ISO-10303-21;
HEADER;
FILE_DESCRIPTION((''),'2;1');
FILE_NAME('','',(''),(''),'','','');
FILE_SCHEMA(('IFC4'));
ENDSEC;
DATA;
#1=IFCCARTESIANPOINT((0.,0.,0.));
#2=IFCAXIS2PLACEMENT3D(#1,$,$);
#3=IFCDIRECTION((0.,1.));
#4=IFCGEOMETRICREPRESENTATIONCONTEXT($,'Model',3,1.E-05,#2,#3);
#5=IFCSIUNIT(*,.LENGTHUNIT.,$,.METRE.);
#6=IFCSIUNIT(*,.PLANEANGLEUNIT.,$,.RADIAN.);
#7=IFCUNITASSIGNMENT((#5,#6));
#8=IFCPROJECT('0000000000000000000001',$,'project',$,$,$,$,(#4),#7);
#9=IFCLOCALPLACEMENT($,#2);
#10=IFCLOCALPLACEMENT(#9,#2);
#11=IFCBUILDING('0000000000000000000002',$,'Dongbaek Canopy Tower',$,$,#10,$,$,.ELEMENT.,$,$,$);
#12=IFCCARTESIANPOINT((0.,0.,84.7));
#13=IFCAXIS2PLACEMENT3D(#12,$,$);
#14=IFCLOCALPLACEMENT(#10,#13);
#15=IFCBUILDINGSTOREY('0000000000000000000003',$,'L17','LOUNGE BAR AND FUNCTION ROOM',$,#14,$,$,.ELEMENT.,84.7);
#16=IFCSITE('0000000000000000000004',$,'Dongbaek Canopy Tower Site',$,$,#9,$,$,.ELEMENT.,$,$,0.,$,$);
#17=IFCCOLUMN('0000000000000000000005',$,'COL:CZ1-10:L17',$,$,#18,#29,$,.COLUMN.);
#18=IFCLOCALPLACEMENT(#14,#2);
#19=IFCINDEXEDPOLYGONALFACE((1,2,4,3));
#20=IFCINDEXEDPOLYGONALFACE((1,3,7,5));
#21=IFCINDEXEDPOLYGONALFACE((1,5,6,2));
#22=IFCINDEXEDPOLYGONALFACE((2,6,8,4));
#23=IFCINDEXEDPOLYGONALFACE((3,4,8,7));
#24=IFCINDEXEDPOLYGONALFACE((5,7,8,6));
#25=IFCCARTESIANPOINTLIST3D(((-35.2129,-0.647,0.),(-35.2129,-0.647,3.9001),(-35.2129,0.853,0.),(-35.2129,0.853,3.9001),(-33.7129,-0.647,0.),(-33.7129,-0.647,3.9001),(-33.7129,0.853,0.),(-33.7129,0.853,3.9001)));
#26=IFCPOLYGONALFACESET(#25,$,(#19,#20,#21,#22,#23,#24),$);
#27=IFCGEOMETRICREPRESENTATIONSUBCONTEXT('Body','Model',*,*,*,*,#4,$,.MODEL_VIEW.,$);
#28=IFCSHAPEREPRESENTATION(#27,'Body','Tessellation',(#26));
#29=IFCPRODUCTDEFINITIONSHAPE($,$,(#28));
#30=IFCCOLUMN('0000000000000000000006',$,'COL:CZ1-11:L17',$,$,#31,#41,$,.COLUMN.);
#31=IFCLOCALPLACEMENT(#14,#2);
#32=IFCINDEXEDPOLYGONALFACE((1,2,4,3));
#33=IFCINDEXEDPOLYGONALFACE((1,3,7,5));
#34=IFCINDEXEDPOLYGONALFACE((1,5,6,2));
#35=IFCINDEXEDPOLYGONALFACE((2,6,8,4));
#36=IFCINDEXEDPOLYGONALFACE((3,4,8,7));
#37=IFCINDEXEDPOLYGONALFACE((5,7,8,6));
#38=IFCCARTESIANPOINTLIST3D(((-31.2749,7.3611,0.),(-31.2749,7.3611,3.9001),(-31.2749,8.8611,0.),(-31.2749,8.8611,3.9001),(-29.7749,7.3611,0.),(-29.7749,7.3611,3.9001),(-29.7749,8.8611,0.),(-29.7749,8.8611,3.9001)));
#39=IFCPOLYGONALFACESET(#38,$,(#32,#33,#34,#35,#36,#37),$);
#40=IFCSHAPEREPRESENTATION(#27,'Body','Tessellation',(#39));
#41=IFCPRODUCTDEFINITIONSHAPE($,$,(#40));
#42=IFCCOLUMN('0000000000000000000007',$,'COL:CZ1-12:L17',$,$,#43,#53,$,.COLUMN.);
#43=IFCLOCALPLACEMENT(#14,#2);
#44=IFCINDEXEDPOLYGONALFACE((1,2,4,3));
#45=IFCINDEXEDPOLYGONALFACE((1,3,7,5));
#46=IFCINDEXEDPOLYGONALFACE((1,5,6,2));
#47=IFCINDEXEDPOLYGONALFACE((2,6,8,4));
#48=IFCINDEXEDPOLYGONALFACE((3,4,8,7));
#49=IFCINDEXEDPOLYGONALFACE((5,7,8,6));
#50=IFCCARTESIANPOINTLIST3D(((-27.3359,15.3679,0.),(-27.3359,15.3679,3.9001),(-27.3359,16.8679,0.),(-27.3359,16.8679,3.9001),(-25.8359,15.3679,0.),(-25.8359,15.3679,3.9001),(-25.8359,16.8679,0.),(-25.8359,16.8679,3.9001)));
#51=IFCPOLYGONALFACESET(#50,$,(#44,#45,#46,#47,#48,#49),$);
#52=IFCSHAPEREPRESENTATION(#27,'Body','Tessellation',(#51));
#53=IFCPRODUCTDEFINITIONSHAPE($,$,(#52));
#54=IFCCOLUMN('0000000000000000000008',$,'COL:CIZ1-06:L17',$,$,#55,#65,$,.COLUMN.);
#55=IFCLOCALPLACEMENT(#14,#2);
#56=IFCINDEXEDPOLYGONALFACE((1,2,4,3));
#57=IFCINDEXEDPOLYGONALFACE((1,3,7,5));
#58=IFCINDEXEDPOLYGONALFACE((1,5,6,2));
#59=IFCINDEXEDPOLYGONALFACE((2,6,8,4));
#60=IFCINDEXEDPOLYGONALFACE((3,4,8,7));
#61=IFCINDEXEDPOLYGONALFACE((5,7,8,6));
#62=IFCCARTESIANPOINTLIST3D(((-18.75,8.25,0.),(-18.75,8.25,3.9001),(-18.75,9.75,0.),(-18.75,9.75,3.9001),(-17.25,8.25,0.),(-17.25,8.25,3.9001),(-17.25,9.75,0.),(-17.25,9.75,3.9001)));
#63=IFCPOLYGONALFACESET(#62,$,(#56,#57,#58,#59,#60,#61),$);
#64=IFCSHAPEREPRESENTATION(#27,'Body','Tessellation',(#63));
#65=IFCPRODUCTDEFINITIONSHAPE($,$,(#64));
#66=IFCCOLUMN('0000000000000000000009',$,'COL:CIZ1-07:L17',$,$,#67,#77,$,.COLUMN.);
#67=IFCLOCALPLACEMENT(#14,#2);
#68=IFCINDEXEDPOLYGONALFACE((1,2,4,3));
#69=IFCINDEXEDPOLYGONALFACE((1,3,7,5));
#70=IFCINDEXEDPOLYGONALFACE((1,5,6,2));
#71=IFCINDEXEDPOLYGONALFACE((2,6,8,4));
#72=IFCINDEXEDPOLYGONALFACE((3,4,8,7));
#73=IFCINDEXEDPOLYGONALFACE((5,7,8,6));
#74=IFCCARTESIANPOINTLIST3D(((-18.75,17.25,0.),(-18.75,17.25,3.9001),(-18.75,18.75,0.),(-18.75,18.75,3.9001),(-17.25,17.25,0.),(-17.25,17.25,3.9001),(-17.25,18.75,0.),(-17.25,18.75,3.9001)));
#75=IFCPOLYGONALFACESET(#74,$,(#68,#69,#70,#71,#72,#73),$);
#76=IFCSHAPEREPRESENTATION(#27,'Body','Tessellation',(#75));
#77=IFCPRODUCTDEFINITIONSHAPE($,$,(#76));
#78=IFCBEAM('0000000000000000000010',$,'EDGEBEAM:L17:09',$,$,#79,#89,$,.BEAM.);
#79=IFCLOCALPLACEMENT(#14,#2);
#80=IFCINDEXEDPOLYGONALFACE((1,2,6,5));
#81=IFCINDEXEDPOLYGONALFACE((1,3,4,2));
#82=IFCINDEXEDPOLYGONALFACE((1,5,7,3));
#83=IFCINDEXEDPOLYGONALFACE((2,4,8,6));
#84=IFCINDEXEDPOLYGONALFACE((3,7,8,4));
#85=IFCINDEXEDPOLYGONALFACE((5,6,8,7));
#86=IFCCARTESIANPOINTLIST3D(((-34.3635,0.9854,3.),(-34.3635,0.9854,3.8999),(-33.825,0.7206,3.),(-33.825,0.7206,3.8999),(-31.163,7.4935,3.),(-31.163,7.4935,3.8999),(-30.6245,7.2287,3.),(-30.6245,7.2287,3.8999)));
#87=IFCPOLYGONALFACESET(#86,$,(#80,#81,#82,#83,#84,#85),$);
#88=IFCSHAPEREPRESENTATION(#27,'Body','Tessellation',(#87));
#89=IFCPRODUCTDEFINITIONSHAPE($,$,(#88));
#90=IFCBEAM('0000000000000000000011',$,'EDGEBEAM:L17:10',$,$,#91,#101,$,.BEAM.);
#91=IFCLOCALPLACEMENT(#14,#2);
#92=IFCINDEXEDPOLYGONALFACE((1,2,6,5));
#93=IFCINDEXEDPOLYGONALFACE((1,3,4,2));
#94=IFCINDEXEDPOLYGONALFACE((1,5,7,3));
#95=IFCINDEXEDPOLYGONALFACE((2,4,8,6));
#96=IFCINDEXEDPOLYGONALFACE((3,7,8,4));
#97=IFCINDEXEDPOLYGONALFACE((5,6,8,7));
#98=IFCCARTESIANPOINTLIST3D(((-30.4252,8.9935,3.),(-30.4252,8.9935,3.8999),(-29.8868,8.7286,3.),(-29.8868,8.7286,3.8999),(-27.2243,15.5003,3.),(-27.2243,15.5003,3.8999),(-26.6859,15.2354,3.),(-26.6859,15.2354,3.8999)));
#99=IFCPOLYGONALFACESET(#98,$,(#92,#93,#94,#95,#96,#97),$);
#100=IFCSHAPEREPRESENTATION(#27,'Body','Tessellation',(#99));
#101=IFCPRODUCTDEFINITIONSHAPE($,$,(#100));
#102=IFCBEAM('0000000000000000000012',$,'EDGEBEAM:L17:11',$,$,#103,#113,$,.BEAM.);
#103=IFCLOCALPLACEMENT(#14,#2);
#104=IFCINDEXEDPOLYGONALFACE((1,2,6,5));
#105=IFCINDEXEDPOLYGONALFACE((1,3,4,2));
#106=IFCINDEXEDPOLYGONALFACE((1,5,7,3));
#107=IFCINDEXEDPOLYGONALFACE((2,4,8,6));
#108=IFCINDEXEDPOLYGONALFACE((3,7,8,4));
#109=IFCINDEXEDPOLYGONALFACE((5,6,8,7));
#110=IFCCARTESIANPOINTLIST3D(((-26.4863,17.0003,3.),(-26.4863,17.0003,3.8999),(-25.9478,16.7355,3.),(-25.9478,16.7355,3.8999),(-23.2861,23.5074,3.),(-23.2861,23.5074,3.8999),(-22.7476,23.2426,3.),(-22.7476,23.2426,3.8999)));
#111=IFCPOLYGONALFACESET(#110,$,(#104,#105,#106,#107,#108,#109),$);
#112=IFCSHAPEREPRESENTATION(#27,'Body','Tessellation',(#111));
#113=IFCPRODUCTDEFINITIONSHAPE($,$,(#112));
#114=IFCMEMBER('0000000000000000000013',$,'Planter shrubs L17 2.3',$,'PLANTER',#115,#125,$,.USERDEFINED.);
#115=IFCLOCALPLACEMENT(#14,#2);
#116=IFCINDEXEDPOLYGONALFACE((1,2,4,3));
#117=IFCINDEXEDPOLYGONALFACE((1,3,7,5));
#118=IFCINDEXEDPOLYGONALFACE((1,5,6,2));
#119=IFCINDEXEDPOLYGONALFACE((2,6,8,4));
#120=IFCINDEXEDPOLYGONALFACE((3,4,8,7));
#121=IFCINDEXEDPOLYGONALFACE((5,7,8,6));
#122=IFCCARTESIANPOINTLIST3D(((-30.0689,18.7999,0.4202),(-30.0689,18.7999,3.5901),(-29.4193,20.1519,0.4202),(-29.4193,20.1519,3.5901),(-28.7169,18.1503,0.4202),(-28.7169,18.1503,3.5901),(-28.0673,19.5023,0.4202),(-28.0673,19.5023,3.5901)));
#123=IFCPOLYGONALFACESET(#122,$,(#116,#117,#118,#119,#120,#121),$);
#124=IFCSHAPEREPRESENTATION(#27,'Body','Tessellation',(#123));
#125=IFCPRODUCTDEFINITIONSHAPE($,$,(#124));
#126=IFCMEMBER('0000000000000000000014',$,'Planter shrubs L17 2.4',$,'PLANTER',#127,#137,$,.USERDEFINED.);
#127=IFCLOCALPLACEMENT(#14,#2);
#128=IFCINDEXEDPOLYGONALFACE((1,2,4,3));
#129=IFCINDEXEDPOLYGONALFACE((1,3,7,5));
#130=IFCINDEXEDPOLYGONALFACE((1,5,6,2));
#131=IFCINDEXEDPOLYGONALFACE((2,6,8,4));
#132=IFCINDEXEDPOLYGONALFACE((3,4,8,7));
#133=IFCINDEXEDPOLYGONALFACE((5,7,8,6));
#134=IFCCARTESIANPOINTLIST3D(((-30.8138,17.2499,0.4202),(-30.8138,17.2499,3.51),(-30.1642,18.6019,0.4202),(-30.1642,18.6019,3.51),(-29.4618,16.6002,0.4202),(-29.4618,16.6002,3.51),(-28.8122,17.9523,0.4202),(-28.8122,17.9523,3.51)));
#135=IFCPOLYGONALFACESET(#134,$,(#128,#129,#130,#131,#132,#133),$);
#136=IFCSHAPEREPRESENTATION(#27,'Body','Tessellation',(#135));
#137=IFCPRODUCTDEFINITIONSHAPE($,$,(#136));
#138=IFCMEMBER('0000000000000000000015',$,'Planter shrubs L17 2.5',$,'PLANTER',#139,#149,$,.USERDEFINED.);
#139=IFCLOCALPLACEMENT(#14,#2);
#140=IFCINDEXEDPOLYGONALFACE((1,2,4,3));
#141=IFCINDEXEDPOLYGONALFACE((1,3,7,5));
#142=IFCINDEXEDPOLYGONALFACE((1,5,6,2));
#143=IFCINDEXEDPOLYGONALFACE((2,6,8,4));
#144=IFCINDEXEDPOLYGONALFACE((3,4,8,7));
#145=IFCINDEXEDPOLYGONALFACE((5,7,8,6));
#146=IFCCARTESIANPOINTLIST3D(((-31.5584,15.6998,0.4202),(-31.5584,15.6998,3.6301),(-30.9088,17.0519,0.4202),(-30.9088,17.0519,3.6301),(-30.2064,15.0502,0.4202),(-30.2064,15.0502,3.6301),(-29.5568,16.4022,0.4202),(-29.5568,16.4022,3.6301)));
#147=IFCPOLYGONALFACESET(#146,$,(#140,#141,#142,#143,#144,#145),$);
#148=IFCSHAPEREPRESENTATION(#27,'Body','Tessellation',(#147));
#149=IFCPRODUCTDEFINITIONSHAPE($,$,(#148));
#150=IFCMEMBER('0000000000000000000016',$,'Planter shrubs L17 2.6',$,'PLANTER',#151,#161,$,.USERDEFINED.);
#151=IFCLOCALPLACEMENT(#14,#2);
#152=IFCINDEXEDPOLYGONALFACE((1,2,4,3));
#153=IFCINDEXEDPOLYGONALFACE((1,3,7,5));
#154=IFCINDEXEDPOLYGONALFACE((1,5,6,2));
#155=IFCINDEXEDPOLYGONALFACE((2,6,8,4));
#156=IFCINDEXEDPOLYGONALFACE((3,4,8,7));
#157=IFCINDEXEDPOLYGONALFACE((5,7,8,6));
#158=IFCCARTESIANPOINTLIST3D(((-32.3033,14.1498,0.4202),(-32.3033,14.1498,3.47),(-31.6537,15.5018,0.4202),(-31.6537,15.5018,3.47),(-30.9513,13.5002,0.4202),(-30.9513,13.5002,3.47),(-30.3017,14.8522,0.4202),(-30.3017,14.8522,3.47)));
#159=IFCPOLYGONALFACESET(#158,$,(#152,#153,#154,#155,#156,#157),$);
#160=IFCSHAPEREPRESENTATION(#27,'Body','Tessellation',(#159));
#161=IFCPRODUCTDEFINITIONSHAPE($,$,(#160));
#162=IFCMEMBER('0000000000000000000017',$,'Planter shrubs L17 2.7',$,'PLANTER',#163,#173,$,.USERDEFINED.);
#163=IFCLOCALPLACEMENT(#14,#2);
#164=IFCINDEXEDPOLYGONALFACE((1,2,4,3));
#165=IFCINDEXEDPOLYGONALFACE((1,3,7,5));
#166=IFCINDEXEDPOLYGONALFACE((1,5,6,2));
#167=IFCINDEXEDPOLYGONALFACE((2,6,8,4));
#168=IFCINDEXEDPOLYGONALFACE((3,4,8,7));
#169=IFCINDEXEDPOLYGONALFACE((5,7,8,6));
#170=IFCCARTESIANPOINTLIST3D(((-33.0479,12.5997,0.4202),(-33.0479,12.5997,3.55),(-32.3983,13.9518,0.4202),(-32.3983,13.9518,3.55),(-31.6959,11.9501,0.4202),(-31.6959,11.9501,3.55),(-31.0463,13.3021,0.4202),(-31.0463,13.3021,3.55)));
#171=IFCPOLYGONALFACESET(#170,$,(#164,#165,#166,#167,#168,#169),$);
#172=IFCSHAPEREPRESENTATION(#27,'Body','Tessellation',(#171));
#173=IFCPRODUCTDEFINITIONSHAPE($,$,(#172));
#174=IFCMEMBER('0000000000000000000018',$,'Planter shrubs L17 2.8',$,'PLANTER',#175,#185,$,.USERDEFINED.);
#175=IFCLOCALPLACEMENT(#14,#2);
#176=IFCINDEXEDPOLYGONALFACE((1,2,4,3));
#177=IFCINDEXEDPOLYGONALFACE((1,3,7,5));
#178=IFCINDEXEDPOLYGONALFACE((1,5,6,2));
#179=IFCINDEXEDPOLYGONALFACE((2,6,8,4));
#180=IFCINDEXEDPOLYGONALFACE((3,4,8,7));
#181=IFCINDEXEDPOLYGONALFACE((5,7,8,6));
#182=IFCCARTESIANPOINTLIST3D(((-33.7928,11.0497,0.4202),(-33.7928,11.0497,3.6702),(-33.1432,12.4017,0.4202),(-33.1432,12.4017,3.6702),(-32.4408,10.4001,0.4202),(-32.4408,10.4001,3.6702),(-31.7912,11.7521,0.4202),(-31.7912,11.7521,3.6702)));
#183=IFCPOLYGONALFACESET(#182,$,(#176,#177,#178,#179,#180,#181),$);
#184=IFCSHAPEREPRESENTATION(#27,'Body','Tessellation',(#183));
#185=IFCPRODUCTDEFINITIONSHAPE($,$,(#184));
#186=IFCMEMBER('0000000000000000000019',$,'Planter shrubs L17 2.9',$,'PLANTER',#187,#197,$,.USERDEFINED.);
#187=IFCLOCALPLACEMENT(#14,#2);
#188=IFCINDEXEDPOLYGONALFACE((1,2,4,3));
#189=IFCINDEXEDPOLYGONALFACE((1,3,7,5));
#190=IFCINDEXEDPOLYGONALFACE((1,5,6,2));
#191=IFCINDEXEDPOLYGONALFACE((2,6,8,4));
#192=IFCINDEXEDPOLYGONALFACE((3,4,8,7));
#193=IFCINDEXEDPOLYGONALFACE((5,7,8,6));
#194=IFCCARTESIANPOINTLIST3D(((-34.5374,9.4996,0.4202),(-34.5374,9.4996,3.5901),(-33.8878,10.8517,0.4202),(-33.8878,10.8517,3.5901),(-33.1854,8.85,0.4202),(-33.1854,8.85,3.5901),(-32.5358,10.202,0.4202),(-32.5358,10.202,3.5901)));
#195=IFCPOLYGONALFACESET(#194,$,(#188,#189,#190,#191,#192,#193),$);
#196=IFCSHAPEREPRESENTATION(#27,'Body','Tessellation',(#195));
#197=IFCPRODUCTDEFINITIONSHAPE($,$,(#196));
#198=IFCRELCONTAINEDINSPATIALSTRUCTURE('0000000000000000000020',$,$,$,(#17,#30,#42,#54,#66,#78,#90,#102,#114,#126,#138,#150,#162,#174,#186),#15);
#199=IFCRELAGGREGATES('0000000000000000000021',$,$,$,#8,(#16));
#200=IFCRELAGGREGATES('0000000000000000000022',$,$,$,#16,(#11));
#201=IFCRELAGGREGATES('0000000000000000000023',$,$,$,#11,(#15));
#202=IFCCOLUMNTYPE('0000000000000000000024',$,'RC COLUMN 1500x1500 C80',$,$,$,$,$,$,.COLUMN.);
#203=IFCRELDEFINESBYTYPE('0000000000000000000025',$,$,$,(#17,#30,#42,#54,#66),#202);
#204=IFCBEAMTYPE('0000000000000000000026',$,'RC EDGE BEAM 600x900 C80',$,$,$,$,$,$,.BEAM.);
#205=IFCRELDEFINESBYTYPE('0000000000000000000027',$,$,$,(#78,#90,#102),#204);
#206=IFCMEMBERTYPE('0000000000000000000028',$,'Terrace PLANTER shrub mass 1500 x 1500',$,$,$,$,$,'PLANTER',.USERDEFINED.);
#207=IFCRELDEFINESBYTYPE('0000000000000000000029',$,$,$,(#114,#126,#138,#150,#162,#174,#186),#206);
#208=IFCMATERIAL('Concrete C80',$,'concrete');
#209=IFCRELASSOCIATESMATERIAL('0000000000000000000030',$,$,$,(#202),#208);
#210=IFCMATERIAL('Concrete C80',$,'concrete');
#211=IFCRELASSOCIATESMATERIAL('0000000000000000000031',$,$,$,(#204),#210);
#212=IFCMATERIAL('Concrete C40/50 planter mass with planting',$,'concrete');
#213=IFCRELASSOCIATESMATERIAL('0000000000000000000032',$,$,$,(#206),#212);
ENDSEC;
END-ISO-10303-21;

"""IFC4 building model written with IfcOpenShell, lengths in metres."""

from ifc_helpers import new_model, si_unit, direction, frame, origin, origin_2d, place, context, subcontext, project, spatial, rectangle, extrude, material, material_profile, profile_set, type_object, element, save


model = new_model("IFC4")

# Units and contexts
model_context = context("Model", 3, precision=1e-05, world=origin(), true_north=direction((0.0, 1.0)))
body_context = subcontext(model_context, "Body", "Model", "MODEL_VIEW")
ifc_project = project(units=[si_unit("LENGTHUNIT", "METRE"), si_unit("PLANEANGLEUNIT", "RADIAN")], contexts=[model_context])

# Site, building, storey
site_placement = place(None, origin())
site = spatial("IfcSite", under=ifc_project, at=site_placement, Name="Dongbaek Canopy Tower Site", CompositionType="ELEMENT", RefElevation=0.0)
building_placement = place(site_placement, origin())
building = spatial("IfcBuilding", under=site, at=building_placement, Name="Dongbaek Canopy Tower", CompositionType="ELEMENT")
storey_placement = place(building_placement, frame((0.0, 0.0, 84.7)))
storey = spatial("IfcBuildingStorey", under=building, at=storey_placement, Name="L17", Description="LOUNGE BAR AND FUNCTION ROOM", CompositionType="ELEMENT", Elevation=84.7)

# Columns
ifc_material_1 = material(Name="Concrete C80", Category="concrete")
ifc_material_profile_1 = material_profile(ifc_material_1, rectangle(XDim=1.5, YDim=1.5, at=origin_2d()), Name="RC COLUMN 1500x1500 C80")
ifc_profile_set_1 = profile_set([ifc_material_profile_1], Name="Concrete C80")
column_type = type_object("IfcColumnType", Name="RC COLUMN 1500x1500 C80", PredefinedType="COLUMN", material=ifc_profile_set_1)
for number, where, z_axis, x_axis, name in (
    (1, (-34.4629, 0.103, 0.0), (0.0, 0.0, 1.0), (1.0, 0.0, 0.0), "COL:CZ1-10:L17"),
    (2, (-30.5249, 8.1111, 0.0), (0.0, 0.0, 1.0), (1.0, 0.0, 0.0), "COL:CZ1-11:L17"),
    (3, (-26.5859, 16.1179, 0.0), (0.0, 0.0, 1.0), (1.0, 0.0, 0.0), "COL:CZ1-12:L17"),
    (4, (-18.0, 9.0, 0.0), (0.0, 0.0, 1.0), (1.0, 0.0, 0.0), "COL:CIZ1-06:L17"),
    (5, (-18.0, 18.0, 0.0), (0.0, 0.0, 1.0), (1.0, 0.0, 0.0), "COL:CIZ1-07:L17"),
):
    element("IfcColumn", number, at=place(storey_placement, frame(where, z_axis=z_axis, x_axis=x_axis)), inside=storey, type_object=column_type, Name=name, PredefinedType="COLUMN", context=body_context, shape_type="SweptSolid", body=[
        extrude(rectangle(XDim=1.5, YDim=1.5, at=origin_2d()), origin(), (0.0, 0.0, 1.0), 3.9001),
    ])

# Beams
ifc_material_2 = material(Name="Concrete C80", Category="concrete")
ifc_material_profile_2 = material_profile(ifc_material_2, rectangle(XDim=0.6001, YDim=0.8999, at=origin_2d()), Name="RC EDGE BEAM 600x900 C80")
ifc_profile_set_2 = profile_set([ifc_material_profile_2], Name="Concrete C80")
beam_type = type_object("IfcBeamType", Name="RC EDGE BEAM 600x900 C80", PredefinedType="BEAM", material=ifc_profile_set_2)
beam_placement = place(storey_placement, frame((-34.0942, 0.853, 3.45), z_axis=(0.441293, 0.897363, 0.0), x_axis=(-0.897363, 0.441293, 0.0)))
element("IfcBeam", 6, at=beam_placement, inside=storey, type_object=beam_type, Name="EDGEBEAM:L17:09", PredefinedType="BEAM", context=body_context, shape_type="SweptSolid", body=[
    extrude(rectangle(XDim=0.6001, YDim=0.8999, at=origin_2d()), origin(), (0.0, 0.0, 1.0), 7.2524),
])
for number, where, z_axis, x_axis, name in (
    (7, (-30.156, 8.8611, 3.45), (0.441413, 0.897304, 0.0), (-0.897304, 0.441413, 0.0), "EDGEBEAM:L17:10"),
    (8, (-26.217, 16.8679, 3.45), (0.441319, 0.89735, 0.0), (-0.89735, 0.441319, 0.0), "EDGEBEAM:L17:11"),
):
    element("IfcBeam", number, at=place(storey_placement, frame(where, z_axis=z_axis, x_axis=x_axis)), inside=storey, type_object=beam_type, Name=name, PredefinedType="BEAM", context=body_context, shape_type="SweptSolid", body=[
        extrude(rectangle(XDim=0.6001, YDim=0.8999, at=origin_2d()), origin(), (0.0, 0.0, 1.0), 7.2515),
    ])

# Members
ifc_material_3 = material(Name="Concrete C40/50 planter mass with planting", Category="concrete")
ifc_material_profile_3 = material_profile(ifc_material_3, rectangle(XDim=1.5, YDim=1.5, at=origin_2d()), Name="Terrace PLANTER shrub mass 1500 x 1500")
ifc_profile_set_3 = profile_set([ifc_material_profile_3], Name="Concrete C40/50 planter mass with planting")
member_type = type_object("IfcMemberType", Name="Terrace PLANTER shrub mass 1500 x 1500", ElementType="PLANTER", PredefinedType="USERDEFINED", material=ifc_profile_set_3)
member_1_placement = place(storey_placement, frame((-29.0681, 19.1511, 0.4202), z_axis=(0.0, 0.0, 1.0), x_axis=(-0.901357, 0.433077, 0.0)))
element("IfcMember", 9, at=member_1_placement, inside=storey, type_object=member_type, Name="Planter shrubs L17 2.3", ObjectType="PLANTER", PredefinedType="USERDEFINED", context=body_context, shape_type="SweptSolid", body=[
    extrude(rectangle(XDim=1.5, YDim=1.5, at=origin_2d()), origin(), (0.0, 0.0, 1.0), 3.1699),
])
member_2_placement = place(storey_placement, frame((-29.813, 17.6011, 0.4202), z_axis=(0.0, 0.0, 1.0), x_axis=(-0.901357, 0.433077, 0.0)))
element("IfcMember", 10, at=member_2_placement, inside=storey, type_object=member_type, Name="Planter shrubs L17 2.4", ObjectType="PLANTER", PredefinedType="USERDEFINED", context=body_context, shape_type="SweptSolid", body=[
    extrude(rectangle(XDim=1.5, YDim=1.5, at=origin_2d()), origin(), (0.0, 0.0, 1.0), 3.0898),
])
member_3_placement = place(storey_placement, frame((-30.5576, 16.051, 0.4202), z_axis=(0.0, 0.0, 1.0), x_axis=(-0.901357, 0.433077, 0.0)))
element("IfcMember", 11, at=member_3_placement, inside=storey, type_object=member_type, Name="Planter shrubs L17 2.5", ObjectType="PLANTER", PredefinedType="USERDEFINED", context=body_context, shape_type="SweptSolid", body=[
    extrude(rectangle(XDim=1.5, YDim=1.5, at=origin_2d()), origin(), (0.0, 0.0, 1.0), 3.21),
])
member_4_placement = place(storey_placement, frame((-31.3025, 14.501, 0.4202), z_axis=(0.0, 0.0, 1.0), x_axis=(-0.901357, 0.433077, 0.0)))
element("IfcMember", 12, at=member_4_placement, inside=storey, type_object=member_type, Name="Planter shrubs L17 2.6", ObjectType="PLANTER", PredefinedType="USERDEFINED", context=body_context, shape_type="SweptSolid", body=[
    extrude(rectangle(XDim=1.5, YDim=1.5, at=origin_2d()), origin(), (0.0, 0.0, 1.0), 3.0498),
])
member_5_placement = place(storey_placement, frame((-32.0471, 12.9509, 0.4202), z_axis=(0.0, 0.0, 1.0), x_axis=(-0.901357, 0.433077, 0.0)))
element("IfcMember", 13, at=member_5_placement, inside=storey, type_object=member_type, Name="Planter shrubs L17 2.7", ObjectType="PLANTER", PredefinedType="USERDEFINED", context=body_context, shape_type="SweptSolid", body=[
    extrude(rectangle(XDim=1.5, YDim=1.5, at=origin_2d()), origin(), (0.0, 0.0, 1.0), 3.1299),
])
member_6_placement = place(storey_placement, frame((-32.792, 11.4009, 0.4202), z_axis=(0.0, 0.0, 1.0), x_axis=(-0.901357, 0.433077, 0.0)))
element("IfcMember", 14, at=member_6_placement, inside=storey, type_object=member_type, Name="Planter shrubs L17 2.8", ObjectType="PLANTER", PredefinedType="USERDEFINED", context=body_context, shape_type="SweptSolid", body=[
    extrude(rectangle(XDim=1.5, YDim=1.5, at=origin_2d()), origin(), (0.0, 0.0, 1.0), 3.25),
])
member_7_placement = place(storey_placement, frame((-33.5366, 9.8508, 0.4202), z_axis=(0.0, 0.0, 1.0), x_axis=(-0.901357, 0.433077, 0.0)))
element("IfcMember", 15, at=member_7_placement, inside=storey, type_object=member_type, Name="Planter shrubs L17 2.9", ObjectType="PLANTER", PredefinedType="USERDEFINED", context=body_context, shape_type="SweptSolid", body=[
    extrude(rectangle(XDim=1.5, YDim=1.5, at=origin_2d()), origin(), (0.0, 0.0, 1.0), 3.1699),
])

save(model, "model.ifc")
